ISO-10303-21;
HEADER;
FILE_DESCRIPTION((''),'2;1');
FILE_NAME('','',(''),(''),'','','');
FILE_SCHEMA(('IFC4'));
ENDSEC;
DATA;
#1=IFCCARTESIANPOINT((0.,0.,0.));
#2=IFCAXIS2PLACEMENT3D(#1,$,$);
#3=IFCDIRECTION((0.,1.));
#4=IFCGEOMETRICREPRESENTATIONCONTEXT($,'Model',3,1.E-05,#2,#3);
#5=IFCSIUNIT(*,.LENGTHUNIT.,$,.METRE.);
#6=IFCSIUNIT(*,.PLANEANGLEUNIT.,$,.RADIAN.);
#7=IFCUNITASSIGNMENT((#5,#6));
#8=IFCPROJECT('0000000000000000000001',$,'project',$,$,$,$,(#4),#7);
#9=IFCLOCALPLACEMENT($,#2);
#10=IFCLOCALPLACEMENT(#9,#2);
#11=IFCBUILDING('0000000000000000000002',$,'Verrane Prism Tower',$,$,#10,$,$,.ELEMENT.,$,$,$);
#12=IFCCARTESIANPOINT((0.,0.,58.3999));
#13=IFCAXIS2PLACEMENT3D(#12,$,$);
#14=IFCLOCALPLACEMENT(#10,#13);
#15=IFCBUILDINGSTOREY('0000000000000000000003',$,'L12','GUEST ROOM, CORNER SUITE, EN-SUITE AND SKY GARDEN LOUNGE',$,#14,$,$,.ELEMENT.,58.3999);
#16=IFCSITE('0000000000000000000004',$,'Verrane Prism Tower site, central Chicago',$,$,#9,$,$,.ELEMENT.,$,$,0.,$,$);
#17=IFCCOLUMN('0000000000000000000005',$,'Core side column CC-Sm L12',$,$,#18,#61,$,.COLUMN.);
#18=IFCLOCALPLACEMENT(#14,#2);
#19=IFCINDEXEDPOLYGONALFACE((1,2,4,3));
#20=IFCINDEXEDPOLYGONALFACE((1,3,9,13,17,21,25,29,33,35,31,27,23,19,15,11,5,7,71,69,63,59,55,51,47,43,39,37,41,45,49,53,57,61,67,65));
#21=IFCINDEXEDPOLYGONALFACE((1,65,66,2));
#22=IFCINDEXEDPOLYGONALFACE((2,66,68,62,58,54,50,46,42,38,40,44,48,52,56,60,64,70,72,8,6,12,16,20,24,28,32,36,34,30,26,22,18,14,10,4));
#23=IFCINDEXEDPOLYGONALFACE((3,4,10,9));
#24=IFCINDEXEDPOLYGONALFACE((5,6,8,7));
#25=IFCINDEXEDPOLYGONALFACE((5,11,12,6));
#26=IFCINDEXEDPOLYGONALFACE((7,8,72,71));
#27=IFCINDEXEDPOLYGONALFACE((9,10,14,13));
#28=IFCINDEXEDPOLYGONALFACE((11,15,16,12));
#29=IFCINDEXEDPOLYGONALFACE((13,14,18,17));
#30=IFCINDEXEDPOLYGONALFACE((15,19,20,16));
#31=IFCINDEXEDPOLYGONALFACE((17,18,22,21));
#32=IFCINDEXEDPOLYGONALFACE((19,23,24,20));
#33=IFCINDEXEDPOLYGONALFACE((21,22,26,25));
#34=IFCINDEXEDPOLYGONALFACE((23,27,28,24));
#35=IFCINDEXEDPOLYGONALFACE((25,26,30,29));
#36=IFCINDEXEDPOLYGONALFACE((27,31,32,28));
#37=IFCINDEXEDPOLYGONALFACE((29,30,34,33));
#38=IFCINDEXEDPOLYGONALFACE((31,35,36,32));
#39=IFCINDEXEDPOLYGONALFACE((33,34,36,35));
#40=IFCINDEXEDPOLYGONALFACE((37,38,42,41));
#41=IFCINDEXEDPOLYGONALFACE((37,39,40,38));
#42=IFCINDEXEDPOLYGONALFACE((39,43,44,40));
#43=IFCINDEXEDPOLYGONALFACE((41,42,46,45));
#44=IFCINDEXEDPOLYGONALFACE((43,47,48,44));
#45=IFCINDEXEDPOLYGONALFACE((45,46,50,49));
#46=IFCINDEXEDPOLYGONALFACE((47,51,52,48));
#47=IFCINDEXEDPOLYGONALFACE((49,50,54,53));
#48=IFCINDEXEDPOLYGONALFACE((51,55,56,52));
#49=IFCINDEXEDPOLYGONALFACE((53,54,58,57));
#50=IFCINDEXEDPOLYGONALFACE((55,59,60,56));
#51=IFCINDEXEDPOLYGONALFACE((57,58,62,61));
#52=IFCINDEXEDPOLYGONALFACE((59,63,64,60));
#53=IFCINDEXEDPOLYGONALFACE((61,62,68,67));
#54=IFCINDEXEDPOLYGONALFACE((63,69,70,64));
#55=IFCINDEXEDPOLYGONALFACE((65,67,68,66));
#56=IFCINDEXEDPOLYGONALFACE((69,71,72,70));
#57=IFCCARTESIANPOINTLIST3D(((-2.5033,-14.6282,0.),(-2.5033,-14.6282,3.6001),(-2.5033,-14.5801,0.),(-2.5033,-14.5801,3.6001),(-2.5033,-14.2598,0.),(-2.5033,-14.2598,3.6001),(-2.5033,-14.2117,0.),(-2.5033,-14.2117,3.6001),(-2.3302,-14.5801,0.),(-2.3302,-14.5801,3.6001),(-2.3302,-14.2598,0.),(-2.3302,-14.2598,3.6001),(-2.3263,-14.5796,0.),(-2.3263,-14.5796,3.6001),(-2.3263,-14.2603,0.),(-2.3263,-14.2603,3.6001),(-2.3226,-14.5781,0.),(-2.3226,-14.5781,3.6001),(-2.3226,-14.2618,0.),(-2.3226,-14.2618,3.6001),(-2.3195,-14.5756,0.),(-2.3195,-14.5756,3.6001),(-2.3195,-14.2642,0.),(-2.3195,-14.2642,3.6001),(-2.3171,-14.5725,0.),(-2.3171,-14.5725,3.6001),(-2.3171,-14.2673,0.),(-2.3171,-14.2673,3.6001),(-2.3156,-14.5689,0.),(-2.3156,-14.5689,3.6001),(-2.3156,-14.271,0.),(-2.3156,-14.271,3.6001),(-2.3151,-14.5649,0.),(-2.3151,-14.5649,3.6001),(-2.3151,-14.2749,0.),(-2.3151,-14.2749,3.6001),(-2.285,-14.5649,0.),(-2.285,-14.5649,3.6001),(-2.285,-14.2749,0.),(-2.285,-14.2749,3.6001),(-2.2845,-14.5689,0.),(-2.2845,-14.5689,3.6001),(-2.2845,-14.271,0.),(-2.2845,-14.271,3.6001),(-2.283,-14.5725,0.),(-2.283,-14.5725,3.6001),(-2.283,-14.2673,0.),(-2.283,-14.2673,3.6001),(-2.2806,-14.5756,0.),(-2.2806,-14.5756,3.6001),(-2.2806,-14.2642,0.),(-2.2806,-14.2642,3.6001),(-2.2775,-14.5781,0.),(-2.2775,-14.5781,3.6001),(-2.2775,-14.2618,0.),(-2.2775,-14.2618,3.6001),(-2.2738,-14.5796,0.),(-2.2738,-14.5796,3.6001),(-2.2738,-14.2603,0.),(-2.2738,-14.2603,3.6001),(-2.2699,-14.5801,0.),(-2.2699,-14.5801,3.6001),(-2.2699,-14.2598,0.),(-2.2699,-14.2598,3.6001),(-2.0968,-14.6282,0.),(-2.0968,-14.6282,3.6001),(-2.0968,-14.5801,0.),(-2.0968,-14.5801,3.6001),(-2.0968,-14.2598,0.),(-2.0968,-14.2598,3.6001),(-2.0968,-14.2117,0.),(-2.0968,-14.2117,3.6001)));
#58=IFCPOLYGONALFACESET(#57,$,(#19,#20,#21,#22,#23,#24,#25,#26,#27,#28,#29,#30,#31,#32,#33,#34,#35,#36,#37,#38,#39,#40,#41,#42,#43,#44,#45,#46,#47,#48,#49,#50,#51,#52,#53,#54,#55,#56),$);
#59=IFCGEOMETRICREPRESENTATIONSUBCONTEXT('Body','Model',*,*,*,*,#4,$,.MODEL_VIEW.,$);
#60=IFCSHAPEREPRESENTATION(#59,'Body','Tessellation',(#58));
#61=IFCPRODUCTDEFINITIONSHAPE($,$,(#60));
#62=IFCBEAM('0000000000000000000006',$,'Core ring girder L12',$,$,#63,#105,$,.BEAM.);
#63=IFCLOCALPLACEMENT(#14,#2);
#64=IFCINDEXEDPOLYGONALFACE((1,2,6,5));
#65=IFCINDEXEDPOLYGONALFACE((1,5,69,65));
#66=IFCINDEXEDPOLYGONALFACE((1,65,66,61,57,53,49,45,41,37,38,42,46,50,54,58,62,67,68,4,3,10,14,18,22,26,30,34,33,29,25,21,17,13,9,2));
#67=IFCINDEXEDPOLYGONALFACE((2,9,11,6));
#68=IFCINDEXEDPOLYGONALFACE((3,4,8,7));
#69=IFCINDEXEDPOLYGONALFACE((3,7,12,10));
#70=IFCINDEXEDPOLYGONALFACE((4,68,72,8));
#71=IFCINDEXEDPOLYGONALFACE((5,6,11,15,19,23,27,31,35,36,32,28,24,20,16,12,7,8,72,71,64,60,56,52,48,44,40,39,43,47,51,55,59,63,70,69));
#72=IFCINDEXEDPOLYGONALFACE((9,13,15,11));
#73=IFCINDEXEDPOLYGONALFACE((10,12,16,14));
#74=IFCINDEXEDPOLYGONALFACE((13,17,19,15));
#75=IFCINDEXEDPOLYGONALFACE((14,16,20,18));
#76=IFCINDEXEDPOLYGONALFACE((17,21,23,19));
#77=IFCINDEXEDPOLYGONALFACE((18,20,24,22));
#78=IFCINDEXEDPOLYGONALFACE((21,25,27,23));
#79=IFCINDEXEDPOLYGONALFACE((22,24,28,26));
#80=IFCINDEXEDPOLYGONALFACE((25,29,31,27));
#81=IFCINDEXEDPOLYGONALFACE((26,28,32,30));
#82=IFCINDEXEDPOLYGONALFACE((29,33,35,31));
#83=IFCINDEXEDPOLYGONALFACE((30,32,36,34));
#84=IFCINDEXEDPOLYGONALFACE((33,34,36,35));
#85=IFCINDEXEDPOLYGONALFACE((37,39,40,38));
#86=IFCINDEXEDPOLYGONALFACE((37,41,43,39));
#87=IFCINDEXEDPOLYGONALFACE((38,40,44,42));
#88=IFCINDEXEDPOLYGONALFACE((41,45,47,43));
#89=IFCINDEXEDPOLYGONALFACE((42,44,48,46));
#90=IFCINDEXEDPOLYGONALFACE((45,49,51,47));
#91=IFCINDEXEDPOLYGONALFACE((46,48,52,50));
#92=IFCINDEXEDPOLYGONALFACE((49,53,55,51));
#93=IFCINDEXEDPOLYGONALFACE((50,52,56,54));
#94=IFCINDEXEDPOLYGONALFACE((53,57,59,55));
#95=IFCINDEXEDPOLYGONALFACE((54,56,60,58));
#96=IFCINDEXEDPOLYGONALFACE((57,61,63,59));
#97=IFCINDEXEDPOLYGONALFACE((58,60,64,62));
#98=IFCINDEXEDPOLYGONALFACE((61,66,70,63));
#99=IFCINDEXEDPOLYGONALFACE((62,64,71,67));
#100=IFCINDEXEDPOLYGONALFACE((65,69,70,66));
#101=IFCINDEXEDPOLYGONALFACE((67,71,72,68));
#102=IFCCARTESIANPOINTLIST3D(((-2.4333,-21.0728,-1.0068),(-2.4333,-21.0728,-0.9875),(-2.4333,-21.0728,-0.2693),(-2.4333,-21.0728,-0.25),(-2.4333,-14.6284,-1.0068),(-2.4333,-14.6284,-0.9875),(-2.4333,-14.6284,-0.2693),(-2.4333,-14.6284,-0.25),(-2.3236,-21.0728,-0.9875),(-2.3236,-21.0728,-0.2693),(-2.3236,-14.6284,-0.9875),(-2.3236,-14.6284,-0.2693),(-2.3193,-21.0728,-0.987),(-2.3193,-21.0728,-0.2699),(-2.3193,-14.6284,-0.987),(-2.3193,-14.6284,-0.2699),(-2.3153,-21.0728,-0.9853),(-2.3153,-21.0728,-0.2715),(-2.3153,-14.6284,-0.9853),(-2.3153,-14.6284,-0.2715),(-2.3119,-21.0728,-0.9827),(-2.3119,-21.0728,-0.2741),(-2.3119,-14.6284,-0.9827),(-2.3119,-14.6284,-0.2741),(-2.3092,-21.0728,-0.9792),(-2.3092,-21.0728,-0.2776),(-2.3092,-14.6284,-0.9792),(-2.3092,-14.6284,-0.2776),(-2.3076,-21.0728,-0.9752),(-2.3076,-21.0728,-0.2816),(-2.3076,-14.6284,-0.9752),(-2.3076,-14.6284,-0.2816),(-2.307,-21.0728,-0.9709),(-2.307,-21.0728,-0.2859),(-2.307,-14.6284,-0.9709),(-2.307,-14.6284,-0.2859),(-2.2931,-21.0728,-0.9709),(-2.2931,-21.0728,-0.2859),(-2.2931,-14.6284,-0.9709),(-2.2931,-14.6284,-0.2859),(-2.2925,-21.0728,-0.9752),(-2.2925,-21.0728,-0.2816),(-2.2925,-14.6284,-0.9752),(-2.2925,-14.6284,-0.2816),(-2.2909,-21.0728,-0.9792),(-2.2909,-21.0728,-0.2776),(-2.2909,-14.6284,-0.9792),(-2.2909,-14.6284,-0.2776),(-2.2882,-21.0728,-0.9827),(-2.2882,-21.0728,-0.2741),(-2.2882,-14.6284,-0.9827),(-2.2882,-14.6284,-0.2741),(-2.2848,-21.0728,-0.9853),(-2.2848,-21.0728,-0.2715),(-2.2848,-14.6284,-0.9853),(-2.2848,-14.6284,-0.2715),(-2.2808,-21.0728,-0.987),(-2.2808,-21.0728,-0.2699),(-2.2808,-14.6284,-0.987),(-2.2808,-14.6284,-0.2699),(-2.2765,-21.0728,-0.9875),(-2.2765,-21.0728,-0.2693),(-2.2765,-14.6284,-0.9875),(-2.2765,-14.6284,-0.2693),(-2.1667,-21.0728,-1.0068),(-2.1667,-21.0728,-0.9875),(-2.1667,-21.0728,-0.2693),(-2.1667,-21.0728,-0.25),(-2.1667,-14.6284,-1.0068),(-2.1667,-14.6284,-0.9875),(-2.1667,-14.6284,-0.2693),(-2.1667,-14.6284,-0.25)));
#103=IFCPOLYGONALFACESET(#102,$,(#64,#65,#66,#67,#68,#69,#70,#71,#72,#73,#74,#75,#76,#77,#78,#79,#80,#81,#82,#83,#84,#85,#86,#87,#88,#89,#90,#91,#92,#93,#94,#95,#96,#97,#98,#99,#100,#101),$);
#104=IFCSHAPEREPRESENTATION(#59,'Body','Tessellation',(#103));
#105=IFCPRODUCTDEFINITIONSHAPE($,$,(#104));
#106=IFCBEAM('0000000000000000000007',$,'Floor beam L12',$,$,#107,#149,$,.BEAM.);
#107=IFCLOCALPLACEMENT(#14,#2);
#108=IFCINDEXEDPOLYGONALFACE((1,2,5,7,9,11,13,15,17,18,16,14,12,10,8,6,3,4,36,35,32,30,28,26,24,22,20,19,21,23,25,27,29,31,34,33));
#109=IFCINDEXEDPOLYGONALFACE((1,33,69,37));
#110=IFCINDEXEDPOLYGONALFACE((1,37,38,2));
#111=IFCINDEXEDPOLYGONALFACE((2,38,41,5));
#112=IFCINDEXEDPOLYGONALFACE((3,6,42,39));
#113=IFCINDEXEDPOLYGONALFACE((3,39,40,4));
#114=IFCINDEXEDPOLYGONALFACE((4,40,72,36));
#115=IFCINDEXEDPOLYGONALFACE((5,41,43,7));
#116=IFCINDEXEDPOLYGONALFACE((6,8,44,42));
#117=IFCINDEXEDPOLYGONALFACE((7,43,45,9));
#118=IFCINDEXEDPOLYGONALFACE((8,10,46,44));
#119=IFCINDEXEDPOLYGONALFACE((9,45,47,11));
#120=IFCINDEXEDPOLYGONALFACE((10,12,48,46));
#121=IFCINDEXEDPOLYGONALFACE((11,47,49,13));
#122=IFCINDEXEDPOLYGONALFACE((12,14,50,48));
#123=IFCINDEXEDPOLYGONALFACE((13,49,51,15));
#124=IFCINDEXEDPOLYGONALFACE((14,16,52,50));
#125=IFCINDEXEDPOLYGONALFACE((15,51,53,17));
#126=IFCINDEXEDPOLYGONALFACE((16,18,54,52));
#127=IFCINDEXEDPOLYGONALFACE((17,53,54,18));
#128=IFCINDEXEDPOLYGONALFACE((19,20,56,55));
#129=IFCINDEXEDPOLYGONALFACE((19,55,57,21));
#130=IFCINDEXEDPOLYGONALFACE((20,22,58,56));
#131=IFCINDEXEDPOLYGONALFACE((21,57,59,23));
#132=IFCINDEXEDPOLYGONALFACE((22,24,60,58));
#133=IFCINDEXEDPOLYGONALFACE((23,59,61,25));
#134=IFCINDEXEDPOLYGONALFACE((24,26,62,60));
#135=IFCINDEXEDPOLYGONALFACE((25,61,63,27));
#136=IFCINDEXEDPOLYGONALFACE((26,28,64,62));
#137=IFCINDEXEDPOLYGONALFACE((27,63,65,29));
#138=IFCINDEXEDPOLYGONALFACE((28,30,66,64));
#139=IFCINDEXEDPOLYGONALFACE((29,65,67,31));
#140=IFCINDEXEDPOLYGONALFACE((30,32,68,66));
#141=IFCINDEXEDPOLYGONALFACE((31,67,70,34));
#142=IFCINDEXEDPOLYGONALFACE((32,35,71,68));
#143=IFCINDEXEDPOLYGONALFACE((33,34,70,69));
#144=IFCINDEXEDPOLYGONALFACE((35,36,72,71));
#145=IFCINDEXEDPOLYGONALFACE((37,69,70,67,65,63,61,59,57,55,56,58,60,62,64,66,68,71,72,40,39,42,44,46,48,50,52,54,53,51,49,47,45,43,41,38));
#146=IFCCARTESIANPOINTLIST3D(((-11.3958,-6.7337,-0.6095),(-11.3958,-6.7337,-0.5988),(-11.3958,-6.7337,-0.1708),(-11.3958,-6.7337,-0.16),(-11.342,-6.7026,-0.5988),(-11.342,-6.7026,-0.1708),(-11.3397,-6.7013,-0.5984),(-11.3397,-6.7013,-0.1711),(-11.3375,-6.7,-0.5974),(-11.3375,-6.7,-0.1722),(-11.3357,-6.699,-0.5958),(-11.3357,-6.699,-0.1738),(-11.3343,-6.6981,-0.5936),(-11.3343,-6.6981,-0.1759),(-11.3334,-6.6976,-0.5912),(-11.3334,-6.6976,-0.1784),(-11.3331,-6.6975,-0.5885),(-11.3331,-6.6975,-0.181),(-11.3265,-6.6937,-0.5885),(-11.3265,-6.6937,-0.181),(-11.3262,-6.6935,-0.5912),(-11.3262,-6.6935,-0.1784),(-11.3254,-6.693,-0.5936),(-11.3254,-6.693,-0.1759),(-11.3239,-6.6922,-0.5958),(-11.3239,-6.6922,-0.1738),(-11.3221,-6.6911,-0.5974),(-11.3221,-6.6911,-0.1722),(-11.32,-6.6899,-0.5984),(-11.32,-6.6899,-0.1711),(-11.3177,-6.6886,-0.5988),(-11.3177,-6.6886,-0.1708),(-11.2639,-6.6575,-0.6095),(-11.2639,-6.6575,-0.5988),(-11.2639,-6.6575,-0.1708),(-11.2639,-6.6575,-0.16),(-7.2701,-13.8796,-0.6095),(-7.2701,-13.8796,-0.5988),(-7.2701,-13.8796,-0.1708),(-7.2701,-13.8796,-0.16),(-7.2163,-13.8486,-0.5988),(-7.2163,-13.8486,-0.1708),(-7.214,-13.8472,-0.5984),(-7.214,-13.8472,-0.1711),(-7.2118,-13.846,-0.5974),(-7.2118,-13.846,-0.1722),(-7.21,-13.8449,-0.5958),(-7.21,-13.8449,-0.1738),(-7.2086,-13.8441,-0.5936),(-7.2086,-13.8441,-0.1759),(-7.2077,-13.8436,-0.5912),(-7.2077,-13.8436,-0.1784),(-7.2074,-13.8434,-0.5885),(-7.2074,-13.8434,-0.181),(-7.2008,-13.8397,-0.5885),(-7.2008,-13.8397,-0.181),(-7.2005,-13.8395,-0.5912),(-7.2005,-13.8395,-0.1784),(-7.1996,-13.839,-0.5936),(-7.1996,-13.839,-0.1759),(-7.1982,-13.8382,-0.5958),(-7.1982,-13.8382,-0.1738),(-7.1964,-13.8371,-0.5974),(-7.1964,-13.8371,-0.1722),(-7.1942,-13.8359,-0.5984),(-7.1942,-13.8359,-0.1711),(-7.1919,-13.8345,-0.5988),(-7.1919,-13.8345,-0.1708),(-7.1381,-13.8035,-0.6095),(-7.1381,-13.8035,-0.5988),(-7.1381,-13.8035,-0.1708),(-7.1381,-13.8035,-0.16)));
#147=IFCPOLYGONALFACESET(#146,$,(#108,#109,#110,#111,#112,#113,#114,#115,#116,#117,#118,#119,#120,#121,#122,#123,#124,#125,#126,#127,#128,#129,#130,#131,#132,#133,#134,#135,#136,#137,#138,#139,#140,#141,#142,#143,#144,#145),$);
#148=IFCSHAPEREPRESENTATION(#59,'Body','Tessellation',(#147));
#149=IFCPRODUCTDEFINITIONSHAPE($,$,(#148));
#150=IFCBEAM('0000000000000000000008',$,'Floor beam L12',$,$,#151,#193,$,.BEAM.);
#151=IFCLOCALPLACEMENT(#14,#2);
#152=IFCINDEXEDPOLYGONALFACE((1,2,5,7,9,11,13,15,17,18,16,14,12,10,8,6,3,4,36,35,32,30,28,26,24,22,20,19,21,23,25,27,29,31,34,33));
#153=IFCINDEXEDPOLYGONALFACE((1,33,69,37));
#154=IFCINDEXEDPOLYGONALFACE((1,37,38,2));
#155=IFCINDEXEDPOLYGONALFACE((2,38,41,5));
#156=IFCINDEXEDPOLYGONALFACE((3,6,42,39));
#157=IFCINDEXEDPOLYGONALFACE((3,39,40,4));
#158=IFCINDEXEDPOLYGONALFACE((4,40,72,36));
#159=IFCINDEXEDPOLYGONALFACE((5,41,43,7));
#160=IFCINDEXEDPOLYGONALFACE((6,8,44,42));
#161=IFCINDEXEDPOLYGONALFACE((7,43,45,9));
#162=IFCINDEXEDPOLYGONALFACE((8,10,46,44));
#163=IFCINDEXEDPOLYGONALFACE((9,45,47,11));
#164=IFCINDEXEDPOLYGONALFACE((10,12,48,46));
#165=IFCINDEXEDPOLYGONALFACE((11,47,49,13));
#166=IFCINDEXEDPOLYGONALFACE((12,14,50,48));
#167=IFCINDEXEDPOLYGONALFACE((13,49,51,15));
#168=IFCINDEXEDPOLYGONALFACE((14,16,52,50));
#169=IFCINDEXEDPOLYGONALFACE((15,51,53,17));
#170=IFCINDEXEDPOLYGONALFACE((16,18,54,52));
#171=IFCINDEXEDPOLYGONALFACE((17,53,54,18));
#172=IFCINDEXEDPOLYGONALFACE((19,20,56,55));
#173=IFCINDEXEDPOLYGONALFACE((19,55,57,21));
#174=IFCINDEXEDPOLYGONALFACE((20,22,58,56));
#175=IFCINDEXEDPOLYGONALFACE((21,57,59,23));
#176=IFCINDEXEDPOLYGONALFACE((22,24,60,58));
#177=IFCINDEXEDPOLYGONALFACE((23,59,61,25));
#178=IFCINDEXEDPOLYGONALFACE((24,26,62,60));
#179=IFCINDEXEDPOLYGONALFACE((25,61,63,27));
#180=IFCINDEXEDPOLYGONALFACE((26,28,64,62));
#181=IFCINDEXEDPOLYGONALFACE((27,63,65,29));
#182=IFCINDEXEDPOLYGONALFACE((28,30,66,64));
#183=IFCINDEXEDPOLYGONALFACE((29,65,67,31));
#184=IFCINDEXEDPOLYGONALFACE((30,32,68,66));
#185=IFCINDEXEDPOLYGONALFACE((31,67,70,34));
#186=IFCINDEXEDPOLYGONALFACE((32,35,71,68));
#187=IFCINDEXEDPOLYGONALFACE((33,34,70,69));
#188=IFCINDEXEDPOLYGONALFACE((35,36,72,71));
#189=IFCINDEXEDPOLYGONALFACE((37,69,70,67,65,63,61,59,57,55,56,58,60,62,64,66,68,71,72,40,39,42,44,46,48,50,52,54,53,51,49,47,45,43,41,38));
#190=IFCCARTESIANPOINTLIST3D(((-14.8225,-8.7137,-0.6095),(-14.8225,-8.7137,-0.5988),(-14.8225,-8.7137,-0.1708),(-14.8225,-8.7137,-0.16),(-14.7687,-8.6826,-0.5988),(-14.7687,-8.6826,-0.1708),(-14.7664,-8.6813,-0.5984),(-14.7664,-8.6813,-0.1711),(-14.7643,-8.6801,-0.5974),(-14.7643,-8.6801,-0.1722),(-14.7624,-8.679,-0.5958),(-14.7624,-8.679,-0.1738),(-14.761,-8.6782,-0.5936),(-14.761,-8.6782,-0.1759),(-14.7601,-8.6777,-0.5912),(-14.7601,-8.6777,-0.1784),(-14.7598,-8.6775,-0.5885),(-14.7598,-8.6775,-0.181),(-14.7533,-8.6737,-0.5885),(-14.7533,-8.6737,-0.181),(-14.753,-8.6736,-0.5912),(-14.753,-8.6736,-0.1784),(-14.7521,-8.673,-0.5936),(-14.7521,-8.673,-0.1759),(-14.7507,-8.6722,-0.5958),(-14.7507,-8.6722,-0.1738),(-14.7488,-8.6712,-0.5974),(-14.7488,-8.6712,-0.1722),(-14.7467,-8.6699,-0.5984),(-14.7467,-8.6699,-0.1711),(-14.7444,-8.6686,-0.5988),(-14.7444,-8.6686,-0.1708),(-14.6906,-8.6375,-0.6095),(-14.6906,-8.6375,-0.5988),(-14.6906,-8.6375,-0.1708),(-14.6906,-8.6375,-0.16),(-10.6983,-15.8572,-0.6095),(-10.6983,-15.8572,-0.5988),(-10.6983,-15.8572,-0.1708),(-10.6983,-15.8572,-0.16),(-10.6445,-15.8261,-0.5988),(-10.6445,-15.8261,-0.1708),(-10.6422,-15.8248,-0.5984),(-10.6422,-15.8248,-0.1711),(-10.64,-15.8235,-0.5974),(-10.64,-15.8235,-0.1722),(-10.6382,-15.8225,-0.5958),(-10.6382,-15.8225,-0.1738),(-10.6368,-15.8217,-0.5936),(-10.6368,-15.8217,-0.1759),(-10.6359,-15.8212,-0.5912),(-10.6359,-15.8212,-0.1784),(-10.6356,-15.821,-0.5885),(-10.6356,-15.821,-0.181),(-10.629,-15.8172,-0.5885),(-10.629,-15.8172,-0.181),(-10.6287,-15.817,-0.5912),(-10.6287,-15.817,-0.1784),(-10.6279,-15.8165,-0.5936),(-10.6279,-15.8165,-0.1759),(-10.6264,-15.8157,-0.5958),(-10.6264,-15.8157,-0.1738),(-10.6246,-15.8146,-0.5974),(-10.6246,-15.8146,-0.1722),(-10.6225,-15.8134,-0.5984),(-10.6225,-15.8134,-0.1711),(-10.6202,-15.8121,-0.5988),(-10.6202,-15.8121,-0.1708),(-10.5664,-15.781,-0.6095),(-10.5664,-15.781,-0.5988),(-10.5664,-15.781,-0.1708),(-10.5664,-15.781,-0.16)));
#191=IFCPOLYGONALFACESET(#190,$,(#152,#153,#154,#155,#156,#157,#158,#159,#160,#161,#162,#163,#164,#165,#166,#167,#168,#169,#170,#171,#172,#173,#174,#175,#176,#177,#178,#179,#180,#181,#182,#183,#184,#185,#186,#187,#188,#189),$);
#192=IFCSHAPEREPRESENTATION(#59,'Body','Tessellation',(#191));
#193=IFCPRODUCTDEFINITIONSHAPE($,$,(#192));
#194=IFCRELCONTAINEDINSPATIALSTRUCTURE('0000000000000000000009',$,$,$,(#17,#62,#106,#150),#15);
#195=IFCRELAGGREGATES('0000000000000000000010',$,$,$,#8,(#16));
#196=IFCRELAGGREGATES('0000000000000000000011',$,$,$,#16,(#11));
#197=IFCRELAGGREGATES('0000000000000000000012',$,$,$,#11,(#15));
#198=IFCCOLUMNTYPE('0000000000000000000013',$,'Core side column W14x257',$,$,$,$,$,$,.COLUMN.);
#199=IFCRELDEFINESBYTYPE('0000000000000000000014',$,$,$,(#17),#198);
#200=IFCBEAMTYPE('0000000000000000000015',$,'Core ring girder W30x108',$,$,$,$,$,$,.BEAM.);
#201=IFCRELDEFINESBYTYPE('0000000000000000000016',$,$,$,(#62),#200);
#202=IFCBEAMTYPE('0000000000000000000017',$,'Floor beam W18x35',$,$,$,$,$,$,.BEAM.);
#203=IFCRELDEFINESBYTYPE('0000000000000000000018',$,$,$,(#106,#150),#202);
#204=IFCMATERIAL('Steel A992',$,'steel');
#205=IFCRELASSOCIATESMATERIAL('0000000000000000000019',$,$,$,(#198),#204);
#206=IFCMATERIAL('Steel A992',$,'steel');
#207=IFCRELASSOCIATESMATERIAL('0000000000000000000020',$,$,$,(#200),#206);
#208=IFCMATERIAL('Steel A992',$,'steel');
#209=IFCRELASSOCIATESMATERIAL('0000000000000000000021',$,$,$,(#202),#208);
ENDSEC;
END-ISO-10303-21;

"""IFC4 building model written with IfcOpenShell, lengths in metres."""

from ifc_helpers import new_model, si_unit, direction, frame, origin, origin_2d, place, context, subcontext, project, spatial, i_section, extrude, material, material_profile, profile_set, type_object, element, save


model = new_model("IFC4")

# Units and contexts
model_context = context("Model", 3, precision=1e-05, world=origin(), true_north=direction((0.0, 1.0)))
body_context = subcontext(model_context, "Body", "Model", "MODEL_VIEW")
ifc_project = project(units=[si_unit("LENGTHUNIT", "METRE"), si_unit("PLANEANGLEUNIT", "RADIAN")], contexts=[model_context])

# Site, building, storey
site_placement = place(None, origin())
site = spatial("IfcSite", under=ifc_project, at=site_placement, Name="Verrane Prism Tower site, central Chicago", CompositionType="ELEMENT", RefElevation=0.0)
building_placement = place(site_placement, origin())
building = spatial("IfcBuilding", under=site, at=building_placement, Name="Verrane Prism Tower", CompositionType="ELEMENT")
storey_placement = place(building_placement, frame((0.0, 0.0, 58.3999)))
storey = spatial("IfcBuildingStorey", under=building, at=storey_placement, Name="L12", Description="GUEST ROOM, CORNER SUITE, EN-SUITE AND SKY GARDEN LOUNGE", CompositionType="ELEMENT", Elevation=58.3999)

# Column
ifc_material_1 = material(Name="Steel A992", Category="steel")
ifc_material_profile_1 = material_profile(ifc_material_1, i_section(OverallWidth=0.4065, OverallDepth=0.4165, WebThickness=0.03, FlangeThickness=0.0481, FilletRadius=0.0151, at=origin_2d()), Name="W14x257")
ifc_profile_set_1 = profile_set([ifc_material_profile_1], Name="Steel A992")
column_type = type_object("IfcColumnType", Name="Core side column W14x257", PredefinedType="COLUMN", material=ifc_profile_set_1)
column_placement = place(storey_placement, frame((-2.3, -14.4199, 0.0), z_axis=(0.0, 0.0, 1.0), x_axis=(1.0, 0.0, 0.0)))
element("IfcColumn", 1, at=column_placement, inside=storey, type_object=column_type, Name="Core side column CC-Sm L12", PredefinedType="COLUMN", context=body_context, shape_type="SweptSolid", body=[
    extrude(i_section(OverallWidth=0.4065, OverallDepth=0.4165, WebThickness=0.03, FlangeThickness=0.0481, FilletRadius=0.0151, at=origin_2d()), origin(), (0.0, 0.0, 1.0), 3.6001),
])

# Beams
ifc_material_2 = material(Name="Steel A992", Category="steel")
ifc_material_profile_2 = material_profile(ifc_material_2, i_section(OverallWidth=0.2666, OverallDepth=0.7568, WebThickness=0.0139, FlangeThickness=0.0193, FilletRadius=0.0166, at=origin_2d()), Name="W30x108")
ifc_profile_set_2 = profile_set([ifc_material_profile_2], Name="Steel A992")
beam_type_1 = type_object("IfcBeamType", Name="Core ring girder W30x108", PredefinedType="BEAM", material=ifc_profile_set_2)
beam_1_placement = place(storey_placement, frame((-2.3, -14.6284, -0.6284), z_axis=(0.0, -1.0, 0.0), x_axis=(1.0, 0.0, 0.0)))
element("IfcBeam", 2, at=beam_1_placement, inside=storey, type_object=beam_type_1, Name="Core ring girder L12", PredefinedType="BEAM", context=body_context, shape_type="SweptSolid", body=[
    extrude(i_section(OverallWidth=0.2666, OverallDepth=0.7568, WebThickness=0.0139, FlangeThickness=0.0193, FilletRadius=0.0166, at=origin_2d()), origin(), (0.0, 0.0, 1.0), 6.4443),
])
ifc_material_3 = material(Name="Steel A992", Category="steel")
ifc_material_profile_3 = material_profile(ifc_material_3, i_section(OverallWidth=0.1523, OverallDepth=0.4495, WebThickness=0.0076, FlangeThickness=0.0107, FilletRadius=0.0103, at=origin_2d()), Name="W18x35")
ifc_profile_set_3 = profile_set([ifc_material_profile_3], Name="Steel A992")
beam_type_2 = type_object("IfcBeamType", Name="Floor beam W18x35", PredefinedType="BEAM", material=ifc_profile_set_3)
beam_2_placement = place(storey_placement, frame((-7.2041, -13.8416, -0.3848), z_axis=(-0.499999, 0.866026, 0.0), x_axis=(-0.866026, -0.499999, 0.0)))
element("IfcBeam", 3, at=beam_2_placement, inside=storey, type_object=beam_type_2, Name="Floor beam L12", PredefinedType="BEAM", context=body_context, shape_type="SweptSolid", body=[
    extrude(i_section(OverallWidth=0.1523, OverallDepth=0.4495, WebThickness=0.0076, FlangeThickness=0.0107, FilletRadius=0.0103, at=origin_2d()), origin(), (0.0, 0.0, 1.0), 8.2515),
])
beam_3_placement = place(storey_placement, frame((-10.6323, -15.8191, -0.3848), z_axis=(-0.499994, 0.866029, 0.0), x_axis=(-0.866029, -0.499994, 0.0)))
element("IfcBeam", 4, at=beam_3_placement, inside=storey, type_object=beam_type_2, Name="Floor beam L12", PredefinedType="BEAM", context=body_context, shape_type="SweptSolid", body=[
    extrude(i_section(OverallWidth=0.1523, OverallDepth=0.4495, WebThickness=0.0076, FlangeThickness=0.0107, FilletRadius=0.0103, at=origin_2d()), origin(), (0.0, 0.0, 1.0), 8.2485),
])

save(model, "model.ifc")
